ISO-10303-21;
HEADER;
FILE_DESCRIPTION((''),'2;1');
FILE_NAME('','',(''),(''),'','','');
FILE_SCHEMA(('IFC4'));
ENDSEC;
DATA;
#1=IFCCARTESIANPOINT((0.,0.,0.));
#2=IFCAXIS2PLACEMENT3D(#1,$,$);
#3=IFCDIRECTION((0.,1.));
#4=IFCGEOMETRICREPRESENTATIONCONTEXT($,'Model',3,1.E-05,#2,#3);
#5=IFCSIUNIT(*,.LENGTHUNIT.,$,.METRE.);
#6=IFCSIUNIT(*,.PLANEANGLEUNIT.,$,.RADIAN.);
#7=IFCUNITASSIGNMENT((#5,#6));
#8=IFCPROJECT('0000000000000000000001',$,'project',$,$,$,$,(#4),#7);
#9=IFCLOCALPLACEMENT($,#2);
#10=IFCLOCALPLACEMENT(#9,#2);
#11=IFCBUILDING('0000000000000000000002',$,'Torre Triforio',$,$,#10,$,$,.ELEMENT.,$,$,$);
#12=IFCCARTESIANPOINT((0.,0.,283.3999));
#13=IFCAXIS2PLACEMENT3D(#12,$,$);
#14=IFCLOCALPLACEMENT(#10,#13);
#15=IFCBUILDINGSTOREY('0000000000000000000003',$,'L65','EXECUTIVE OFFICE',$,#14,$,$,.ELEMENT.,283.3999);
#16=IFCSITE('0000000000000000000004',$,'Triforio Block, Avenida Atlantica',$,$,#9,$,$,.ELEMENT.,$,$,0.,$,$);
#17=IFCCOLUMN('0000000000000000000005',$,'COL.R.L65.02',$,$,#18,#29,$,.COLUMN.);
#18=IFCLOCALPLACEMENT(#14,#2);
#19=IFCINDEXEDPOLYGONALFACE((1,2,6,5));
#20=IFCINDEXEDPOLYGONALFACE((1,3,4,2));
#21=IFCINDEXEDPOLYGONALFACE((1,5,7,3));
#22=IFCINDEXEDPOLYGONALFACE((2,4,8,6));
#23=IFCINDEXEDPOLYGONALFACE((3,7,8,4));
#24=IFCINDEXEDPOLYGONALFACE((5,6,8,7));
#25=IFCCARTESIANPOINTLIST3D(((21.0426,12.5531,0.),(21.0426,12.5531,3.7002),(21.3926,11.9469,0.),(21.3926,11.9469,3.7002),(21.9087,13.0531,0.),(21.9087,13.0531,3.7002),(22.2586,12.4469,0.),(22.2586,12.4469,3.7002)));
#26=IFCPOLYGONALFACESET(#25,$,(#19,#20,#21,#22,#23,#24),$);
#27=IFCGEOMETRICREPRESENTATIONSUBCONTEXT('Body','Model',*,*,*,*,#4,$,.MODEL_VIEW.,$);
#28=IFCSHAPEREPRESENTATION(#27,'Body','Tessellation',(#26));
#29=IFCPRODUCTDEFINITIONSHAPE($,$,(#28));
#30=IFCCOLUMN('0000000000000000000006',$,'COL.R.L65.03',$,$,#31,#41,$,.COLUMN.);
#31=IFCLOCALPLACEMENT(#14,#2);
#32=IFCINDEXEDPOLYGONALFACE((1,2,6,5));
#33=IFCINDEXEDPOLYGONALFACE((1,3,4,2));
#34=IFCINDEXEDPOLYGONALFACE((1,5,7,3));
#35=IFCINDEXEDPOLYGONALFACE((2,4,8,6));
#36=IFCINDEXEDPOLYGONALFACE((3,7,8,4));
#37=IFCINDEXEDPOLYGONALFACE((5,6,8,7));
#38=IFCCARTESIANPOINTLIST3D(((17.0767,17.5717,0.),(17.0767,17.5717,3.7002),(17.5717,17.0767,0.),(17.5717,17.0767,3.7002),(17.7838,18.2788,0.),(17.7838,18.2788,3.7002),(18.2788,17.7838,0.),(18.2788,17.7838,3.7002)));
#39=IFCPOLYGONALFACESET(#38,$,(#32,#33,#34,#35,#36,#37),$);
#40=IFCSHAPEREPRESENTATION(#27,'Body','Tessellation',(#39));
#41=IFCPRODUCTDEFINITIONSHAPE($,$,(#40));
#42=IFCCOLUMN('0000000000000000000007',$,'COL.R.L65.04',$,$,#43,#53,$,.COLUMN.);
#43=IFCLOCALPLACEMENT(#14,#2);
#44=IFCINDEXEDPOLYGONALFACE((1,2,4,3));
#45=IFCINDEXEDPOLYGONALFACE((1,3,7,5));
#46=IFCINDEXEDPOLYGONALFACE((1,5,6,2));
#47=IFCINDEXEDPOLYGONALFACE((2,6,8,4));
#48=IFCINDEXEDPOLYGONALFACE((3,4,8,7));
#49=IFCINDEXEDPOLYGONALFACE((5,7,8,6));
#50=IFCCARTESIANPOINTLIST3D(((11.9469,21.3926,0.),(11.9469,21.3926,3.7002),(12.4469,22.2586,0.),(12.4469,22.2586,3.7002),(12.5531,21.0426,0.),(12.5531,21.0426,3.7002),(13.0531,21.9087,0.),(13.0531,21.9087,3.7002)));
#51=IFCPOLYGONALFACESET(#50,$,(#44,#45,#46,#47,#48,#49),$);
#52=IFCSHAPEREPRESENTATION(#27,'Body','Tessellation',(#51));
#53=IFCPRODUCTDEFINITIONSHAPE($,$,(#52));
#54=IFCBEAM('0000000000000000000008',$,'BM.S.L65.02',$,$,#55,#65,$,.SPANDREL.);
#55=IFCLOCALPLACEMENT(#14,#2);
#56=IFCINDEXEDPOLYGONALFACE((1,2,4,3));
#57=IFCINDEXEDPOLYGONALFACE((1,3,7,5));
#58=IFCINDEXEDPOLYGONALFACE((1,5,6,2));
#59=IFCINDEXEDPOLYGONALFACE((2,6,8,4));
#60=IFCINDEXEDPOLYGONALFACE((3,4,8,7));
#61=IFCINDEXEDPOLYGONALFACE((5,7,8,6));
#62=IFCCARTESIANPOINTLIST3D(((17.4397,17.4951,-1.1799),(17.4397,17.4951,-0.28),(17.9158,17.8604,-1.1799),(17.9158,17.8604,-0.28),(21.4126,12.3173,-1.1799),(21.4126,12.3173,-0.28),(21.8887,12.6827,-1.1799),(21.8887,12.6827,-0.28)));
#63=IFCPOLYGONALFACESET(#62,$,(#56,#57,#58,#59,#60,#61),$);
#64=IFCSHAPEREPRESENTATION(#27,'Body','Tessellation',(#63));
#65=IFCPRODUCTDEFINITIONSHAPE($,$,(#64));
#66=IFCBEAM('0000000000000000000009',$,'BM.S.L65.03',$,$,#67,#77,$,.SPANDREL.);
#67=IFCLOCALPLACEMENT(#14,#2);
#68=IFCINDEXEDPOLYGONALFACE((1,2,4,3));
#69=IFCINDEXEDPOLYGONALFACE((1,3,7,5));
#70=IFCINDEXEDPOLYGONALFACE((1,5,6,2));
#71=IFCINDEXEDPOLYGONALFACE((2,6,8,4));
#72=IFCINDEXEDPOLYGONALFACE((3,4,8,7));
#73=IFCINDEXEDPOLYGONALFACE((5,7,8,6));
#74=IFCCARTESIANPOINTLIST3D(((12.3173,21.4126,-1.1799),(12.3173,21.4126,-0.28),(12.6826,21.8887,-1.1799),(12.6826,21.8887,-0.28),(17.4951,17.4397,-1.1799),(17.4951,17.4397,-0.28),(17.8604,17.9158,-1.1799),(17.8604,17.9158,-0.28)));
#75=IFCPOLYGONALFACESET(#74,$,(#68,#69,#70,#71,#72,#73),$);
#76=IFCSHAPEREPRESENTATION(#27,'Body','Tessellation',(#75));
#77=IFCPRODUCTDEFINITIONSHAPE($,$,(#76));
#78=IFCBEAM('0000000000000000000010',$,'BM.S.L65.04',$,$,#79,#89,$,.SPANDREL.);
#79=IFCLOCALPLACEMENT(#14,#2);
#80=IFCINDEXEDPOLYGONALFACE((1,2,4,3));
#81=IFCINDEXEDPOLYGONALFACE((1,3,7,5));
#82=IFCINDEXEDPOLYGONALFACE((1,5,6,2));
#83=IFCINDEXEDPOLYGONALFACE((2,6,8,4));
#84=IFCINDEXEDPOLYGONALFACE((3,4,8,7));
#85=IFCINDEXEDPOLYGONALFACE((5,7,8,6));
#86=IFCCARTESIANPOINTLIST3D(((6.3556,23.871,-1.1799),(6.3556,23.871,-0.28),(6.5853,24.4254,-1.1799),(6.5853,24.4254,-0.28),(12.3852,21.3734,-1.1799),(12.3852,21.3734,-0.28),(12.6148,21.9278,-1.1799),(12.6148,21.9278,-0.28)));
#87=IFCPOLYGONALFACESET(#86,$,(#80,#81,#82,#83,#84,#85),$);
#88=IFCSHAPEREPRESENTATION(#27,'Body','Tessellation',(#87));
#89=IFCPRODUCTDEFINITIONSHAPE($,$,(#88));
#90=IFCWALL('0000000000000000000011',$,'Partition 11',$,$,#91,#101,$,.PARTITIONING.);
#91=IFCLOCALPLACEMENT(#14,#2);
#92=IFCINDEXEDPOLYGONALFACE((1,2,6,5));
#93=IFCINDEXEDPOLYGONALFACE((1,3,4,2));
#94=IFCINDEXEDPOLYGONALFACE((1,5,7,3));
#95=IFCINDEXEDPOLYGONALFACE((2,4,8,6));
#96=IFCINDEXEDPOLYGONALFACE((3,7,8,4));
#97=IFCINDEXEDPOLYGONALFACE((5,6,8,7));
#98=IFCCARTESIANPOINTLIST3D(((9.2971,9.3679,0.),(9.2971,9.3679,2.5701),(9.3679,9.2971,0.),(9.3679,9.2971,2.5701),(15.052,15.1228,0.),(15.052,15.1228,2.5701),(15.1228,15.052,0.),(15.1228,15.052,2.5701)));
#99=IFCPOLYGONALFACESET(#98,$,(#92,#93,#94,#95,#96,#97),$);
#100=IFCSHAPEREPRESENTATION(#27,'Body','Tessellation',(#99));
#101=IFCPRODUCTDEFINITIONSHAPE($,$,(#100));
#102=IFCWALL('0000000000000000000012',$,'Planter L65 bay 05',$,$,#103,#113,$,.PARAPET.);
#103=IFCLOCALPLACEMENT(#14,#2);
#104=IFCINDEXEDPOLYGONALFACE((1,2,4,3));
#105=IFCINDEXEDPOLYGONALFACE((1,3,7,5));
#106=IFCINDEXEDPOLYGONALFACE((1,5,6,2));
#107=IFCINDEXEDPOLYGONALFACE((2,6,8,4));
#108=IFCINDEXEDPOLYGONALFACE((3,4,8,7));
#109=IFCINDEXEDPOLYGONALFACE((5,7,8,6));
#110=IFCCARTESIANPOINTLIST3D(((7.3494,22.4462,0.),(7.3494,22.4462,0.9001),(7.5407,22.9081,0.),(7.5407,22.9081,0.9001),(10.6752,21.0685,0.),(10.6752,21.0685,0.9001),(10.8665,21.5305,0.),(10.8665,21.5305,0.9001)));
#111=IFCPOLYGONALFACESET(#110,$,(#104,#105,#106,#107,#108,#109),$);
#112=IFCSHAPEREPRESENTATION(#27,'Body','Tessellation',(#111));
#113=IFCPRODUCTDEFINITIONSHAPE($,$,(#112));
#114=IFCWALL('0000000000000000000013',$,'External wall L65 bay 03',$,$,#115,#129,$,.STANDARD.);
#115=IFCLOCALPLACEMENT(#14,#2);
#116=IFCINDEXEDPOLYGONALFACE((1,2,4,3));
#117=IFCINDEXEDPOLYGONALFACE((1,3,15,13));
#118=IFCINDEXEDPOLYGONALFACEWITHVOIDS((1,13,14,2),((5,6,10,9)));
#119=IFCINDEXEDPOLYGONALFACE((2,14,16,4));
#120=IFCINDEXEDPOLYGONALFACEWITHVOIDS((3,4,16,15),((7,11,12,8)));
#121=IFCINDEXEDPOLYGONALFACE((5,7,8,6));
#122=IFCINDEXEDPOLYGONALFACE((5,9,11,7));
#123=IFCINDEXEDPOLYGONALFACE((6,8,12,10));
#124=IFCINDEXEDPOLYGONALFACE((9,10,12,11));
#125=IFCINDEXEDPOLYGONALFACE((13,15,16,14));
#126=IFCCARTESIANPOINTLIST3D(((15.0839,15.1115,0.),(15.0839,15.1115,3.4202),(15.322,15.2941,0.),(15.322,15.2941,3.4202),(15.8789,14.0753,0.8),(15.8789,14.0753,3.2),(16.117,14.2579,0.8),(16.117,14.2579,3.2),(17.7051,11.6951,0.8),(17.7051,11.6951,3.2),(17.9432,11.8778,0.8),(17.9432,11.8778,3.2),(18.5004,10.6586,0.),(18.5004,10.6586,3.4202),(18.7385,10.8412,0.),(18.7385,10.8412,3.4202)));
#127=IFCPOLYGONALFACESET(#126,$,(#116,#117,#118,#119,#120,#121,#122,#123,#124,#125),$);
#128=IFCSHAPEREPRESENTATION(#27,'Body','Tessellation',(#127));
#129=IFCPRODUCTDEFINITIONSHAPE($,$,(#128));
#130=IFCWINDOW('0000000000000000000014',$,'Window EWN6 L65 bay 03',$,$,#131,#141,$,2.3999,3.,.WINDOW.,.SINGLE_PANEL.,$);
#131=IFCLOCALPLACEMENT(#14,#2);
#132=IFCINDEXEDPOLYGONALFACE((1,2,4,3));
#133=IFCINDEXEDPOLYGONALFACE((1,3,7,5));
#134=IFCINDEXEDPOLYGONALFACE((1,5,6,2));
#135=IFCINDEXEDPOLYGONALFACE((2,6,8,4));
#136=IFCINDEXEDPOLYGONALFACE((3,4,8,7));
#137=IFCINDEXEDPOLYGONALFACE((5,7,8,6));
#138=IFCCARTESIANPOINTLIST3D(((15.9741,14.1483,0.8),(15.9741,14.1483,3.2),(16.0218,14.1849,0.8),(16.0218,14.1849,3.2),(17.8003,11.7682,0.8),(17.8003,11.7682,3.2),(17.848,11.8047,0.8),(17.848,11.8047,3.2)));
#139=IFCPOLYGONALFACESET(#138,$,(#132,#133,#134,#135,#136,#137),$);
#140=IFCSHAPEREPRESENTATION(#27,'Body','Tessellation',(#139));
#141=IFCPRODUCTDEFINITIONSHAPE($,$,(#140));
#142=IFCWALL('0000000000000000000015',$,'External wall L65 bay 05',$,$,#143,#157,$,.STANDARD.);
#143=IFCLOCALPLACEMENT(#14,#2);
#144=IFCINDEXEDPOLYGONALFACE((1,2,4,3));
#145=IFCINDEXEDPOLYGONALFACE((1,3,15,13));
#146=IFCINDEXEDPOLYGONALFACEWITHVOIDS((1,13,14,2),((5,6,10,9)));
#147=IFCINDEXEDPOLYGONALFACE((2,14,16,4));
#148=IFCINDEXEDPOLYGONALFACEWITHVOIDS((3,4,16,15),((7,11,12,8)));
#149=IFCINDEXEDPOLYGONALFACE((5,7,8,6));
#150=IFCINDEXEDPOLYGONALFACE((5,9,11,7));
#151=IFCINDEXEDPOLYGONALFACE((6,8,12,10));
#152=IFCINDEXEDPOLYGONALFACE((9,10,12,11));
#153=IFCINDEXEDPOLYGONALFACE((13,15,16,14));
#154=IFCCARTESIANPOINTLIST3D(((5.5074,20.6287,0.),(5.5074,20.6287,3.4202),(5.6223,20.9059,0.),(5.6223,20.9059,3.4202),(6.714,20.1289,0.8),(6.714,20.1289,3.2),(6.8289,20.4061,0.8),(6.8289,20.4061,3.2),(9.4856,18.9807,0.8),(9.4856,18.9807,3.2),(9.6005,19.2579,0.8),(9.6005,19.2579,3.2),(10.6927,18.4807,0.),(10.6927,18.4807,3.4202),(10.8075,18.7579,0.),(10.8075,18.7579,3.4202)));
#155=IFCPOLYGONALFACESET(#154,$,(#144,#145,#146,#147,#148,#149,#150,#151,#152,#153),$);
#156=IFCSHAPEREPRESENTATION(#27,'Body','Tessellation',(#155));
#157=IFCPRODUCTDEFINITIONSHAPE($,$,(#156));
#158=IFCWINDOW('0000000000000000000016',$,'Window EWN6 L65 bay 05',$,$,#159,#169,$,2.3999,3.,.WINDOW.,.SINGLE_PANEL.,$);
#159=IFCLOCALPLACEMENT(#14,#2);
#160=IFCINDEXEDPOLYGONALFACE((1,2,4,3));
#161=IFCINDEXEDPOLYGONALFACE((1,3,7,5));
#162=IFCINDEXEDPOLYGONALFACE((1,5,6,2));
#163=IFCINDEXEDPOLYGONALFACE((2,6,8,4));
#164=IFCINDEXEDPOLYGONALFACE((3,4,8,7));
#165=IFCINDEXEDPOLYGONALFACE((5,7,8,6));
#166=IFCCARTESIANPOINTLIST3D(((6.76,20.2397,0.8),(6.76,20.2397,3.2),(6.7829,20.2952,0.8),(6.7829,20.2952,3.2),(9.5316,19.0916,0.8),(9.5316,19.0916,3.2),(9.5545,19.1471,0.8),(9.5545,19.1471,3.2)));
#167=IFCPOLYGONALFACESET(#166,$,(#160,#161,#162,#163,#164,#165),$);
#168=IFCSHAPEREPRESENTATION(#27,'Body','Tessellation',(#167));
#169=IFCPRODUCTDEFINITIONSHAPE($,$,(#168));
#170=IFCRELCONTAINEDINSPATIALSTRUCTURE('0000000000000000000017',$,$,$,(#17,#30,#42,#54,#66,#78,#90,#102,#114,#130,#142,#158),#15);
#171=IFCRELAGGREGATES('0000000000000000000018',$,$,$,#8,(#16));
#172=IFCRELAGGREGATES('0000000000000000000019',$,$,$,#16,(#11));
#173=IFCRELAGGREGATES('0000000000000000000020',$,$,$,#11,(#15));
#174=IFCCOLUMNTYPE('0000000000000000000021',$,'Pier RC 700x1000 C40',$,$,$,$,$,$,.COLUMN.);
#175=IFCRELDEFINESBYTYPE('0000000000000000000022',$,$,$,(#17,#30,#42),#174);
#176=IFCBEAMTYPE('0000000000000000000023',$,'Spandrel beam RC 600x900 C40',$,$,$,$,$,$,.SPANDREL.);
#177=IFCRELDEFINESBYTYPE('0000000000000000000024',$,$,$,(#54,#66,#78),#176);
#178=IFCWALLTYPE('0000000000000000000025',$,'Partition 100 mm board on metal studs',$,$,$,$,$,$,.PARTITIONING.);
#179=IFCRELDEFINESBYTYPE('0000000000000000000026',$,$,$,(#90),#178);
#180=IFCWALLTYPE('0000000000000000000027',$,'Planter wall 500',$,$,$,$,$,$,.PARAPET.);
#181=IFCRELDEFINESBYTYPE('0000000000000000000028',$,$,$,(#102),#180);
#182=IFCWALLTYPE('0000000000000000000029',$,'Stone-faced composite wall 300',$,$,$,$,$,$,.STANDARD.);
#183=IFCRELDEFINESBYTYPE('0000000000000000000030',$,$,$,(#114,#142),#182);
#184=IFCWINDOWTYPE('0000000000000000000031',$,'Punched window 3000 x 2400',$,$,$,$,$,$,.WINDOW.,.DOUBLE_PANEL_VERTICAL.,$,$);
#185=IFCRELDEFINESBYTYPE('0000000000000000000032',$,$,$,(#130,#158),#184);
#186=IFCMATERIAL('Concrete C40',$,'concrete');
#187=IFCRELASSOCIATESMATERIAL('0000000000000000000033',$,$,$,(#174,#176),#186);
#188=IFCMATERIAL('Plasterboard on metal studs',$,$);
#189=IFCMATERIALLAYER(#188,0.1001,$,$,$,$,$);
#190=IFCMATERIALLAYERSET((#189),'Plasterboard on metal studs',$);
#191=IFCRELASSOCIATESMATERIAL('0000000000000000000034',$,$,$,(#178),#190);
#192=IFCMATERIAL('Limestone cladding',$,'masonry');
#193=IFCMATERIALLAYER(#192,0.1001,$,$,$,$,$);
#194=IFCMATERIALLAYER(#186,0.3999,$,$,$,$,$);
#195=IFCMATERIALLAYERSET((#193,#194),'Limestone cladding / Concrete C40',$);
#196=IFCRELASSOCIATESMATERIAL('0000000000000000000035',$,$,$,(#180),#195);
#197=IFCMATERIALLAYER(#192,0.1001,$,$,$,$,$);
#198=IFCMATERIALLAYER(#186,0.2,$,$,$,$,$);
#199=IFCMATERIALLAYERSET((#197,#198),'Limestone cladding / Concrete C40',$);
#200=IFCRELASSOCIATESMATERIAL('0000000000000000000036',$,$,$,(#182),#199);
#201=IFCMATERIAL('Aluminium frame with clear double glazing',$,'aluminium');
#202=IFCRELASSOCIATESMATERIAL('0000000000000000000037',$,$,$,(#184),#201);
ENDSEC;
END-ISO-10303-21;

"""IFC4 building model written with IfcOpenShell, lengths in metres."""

from ifc_helpers import new_model, si_unit, direction, frame, frame_2d, origin, origin_2d, place, context, subcontext, project, spatial, rectangle, extrude, material, layer, layer_set, material_profile, profile_set, type_object, element, fill, save


model = new_model("IFC4")

# Units and contexts
model_context = context("Model", 3, precision=1e-05, world=origin(), true_north=direction((0.0, 1.0)))
body_context = subcontext(model_context, "Body", "Model", "MODEL_VIEW")
ifc_project = project(units=[si_unit("LENGTHUNIT", "METRE"), si_unit("PLANEANGLEUNIT", "RADIAN")], contexts=[model_context])

# Site, building, storey
site_placement = place(None, origin())
site = spatial("IfcSite", under=ifc_project, at=site_placement, Name="Triforio Block, Avenida Atlantica", CompositionType="ELEMENT", RefElevation=0.0)
building_placement = place(site_placement, origin())
building = spatial("IfcBuilding", under=site, at=building_placement, Name="Torre Triforio", CompositionType="ELEMENT")
storey_placement = place(building_placement, frame((0.0, 0.0, 283.3999)))
storey = spatial("IfcBuildingStorey", under=building, at=storey_placement, Name="L65", Description="EXECUTIVE OFFICE", CompositionType="ELEMENT", Elevation=283.3999)

# Columns
ifc_material_1 = material(Name="Concrete C40", Category="concrete")
ifc_material_profile_1 = material_profile(ifc_material_1, rectangle(XDim=0.7, YDim=1.0, at=origin_2d()), Name="RC 700x1000")
ifc_profile_set_1 = profile_set([ifc_material_profile_1], Name="Concrete C40")
column_type = type_object("IfcColumnType", Name="Pier RC 700x1000 C40", PredefinedType="COLUMN", material=ifc_profile_set_1)
for number, where, z_axis, x_axis, name in (
    (1, (21.6506, 12.5, 0.0), (0.0, 0.0, 1.0), (-0.5, 0.866025, 0.0), "COL.R.L65.02"),
    (2, (17.6777, 17.6777, 0.0), (0.0, 0.0, 1.0), (-0.707107, 0.707107, 0.0), "COL.R.L65.03"),
    (3, (12.5, 21.6506, 0.0), (0.0, 0.0, 1.0), (-0.866025, 0.5, 0.0), "COL.R.L65.04"),
):
    element("IfcColumn", number, at=place(storey_placement, frame(where, z_axis=z_axis, x_axis=x_axis)), inside=storey, type_object=column_type, Name=name, PredefinedType="COLUMN", context=body_context, shape_type="SweptSolid", body=[
        extrude(rectangle(XDim=0.7, YDim=1.0, at=origin_2d()), origin(), (0.0, 0.0, 1.0), 3.7002),
    ])

# Beams
ifc_material_profile_2 = material_profile(ifc_material_1, rectangle(XDim=0.6001, YDim=0.8999, at=origin_2d()), Name="RC 600x900")
ifc_profile_set_2 = profile_set([ifc_material_profile_2], Name="Concrete C40")
beam_type = type_object("IfcBeamType", Name="Spandrel beam RC 600x900 C40", PredefinedType="SPANDREL", material=ifc_profile_set_2)
for number, where, z_axis, x_axis, name in (
    (4, (21.6506, 12.5, -0.73), (-0.60875, 0.793362, 0.0), (-0.793362, -0.60875, 0.0), "BM.S.L65.02"),
    (5, (17.6777, 17.6777, -0.73), (-0.793362, 0.60875, 0.0), (-0.60875, -0.793362, 0.0), "BM.S.L65.03"),
    (6, (12.5, 21.6506, -0.73), (-0.923877, 0.382689, 0.0), (-0.382689, -0.923877, 0.0), "BM.S.L65.04"),
):
    element("IfcBeam", number, at=place(storey_placement, frame(where, z_axis=z_axis, x_axis=x_axis)), inside=storey, type_object=beam_type, Name=name, PredefinedType="SPANDREL", context=body_context, shape_type="SweptSolid", body=[
        extrude(rectangle(XDim=0.6001, YDim=0.8999, at=origin_2d()), origin(), (0.0, 0.0, 1.0), 6.5264),
    ])

# Walls
ifc_material_2 = material(Name="Plasterboard on metal studs")
ifc_layer_1 = layer(ifc_material_2, 0.1001)
ifc_layer_set_1 = layer_set([ifc_layer_1], Name="Plasterboard on metal studs")
wall_type_1 = type_object("IfcWallType", Name="Partition 100 mm board on metal studs", PredefinedType="PARTITIONING", material=ifc_layer_set_1)
wall_1_placement = place(storey_placement, frame((9.3325, 9.3325, 0.0), z_axis=(0.0, 0.0, 1.0), x_axis=(0.707107, 0.707107, 0.0)))
element("IfcWall", 7, at=wall_1_placement, inside=storey, type_object=wall_type_1, Name="Partition 11", PredefinedType="PARTITIONING", context=body_context, shape_type="SweptSolid", body=[
    extrude(rectangle(XDim=8.1387, YDim=0.1001, at=frame_2d((4.0693, 0.0))), origin(), (0.0, 0.0, 1.0), 2.5701),
])
ifc_material_3 = material(Name="Limestone cladding", Category="masonry")
ifc_layer_2 = layer(ifc_material_3, 0.1001)
ifc_layer_3 = layer(ifc_material_1, 0.3999)
ifc_layer_set_2 = layer_set([ifc_layer_2, ifc_layer_3], Name="Limestone cladding / Concrete C40")
wall_type_2 = type_object("IfcWallType", Name="Planter wall 500", PredefinedType="PARAPET", material=ifc_layer_set_2)
wall_2_placement = place(storey_placement, frame((10.7708, 21.2996, 0.0), z_axis=(0.0, 0.0, 1.0), x_axis=(-0.923875, 0.382693, 0.0)))
element("IfcWall", 8, at=wall_2_placement, inside=storey, type_object=wall_type_2, Name="Planter L65 bay 05", PredefinedType="PARAPET", context=body_context, shape_type="SweptSolid", body=[
    extrude(rectangle(XDim=3.5999, YDim=0.5, at=frame_2d((1.7998, 0.0))), origin(), (0.0, 0.0, 1.0), 0.9001),
])

# Wall, opening, window
ifc_layer_4 = layer(ifc_material_3, 0.1001)
ifc_layer_5 = layer(ifc_material_1, 0.2)
ifc_layer_set_3 = layer_set([ifc_layer_4, ifc_layer_5], Name="Limestone cladding / Concrete C40")
wall_type_3 = type_object("IfcWallType", Name="Stone-faced composite wall 300", PredefinedType="STANDARD", material=ifc_layer_set_3)
wall_3_placement = place(storey_placement, frame((18.6194, 10.75, 0.0), z_axis=(0.0, 0.0, 1.0), x_axis=(-0.608726, 0.79338, 0.0)))
wall_3 = element("IfcWall", 9, at=wall_3_placement, inside=storey, type_object=wall_type_3, Name="External wall L65 bay 03", PredefinedType="STANDARD", context=body_context, shape_type="SweptSolid", body=[
    extrude(rectangle(XDim=5.6125, YDim=0.3, at=frame_2d((2.8062, 0.0))), origin(), (0.0, 0.0, 1.0), 3.4202),
])
opening_1_placement = place(wall_3_placement, frame((1.3064, 0.0, 0.8)))
opening_1 = element("IfcOpeningElement", 10, at=opening_1_placement, cuts=wall_3, PredefinedType="OPENING", context=body_context, shape_type="SweptSolid", body=[
    extrude(rectangle(XDim=3.0, YDim=2.3999, at=frame_2d((1.5, 1.2))), frame((0.0, 0.1599, 0.0), z_axis=(0.0, -1.0, 0.0), x_axis=(1.0, 0.0, 0.0)), (0.0, 0.0, 1.0), 0.3201),
])
ifc_material_4 = material(Name="Aluminium frame with clear double glazing", Category="aluminium")
window_type_1 = type_object("IfcWindowType", Name="Punched window 3000 x 2400", PartitioningType="DOUBLE_PANEL_VERTICAL", PredefinedType="WINDOW", material=ifc_material_4)
window_1_placement = place(opening_1_placement, origin())
window_1 = element("IfcWindow", 11, at=window_1_placement, inside=storey, type_object=window_type_1, Name="Window EWN6 L65 bay 03", OverallHeight=2.3999, OverallWidth=3.0, PartitioningType="SINGLE_PANEL", PredefinedType="WINDOW", context=body_context, shape_type="SweptSolid", body=[
    extrude(rectangle(XDim=3.0, YDim=2.3999, at=frame_2d((1.5, 1.2))), frame((0.0, 0.03, 0.0), z_axis=(0.0, -1.0, 0.0), x_axis=(1.0, 0.0, 0.0)), (0.0, 0.0, 1.0), 0.0601),
])
fill(opening_1, window_1)

# Wall, opening, window
wall_4_placement = place(storey_placement, frame((10.75, 18.6194, 0.0), z_axis=(0.0, 0.0, 1.0), x_axis=(-0.923872, 0.382703, 0.0)))
wall_4 = element("IfcWall", 12, at=wall_4_placement, inside=storey, type_object=wall_type_3, Name="External wall L65 bay 05", PredefinedType="STANDARD", context=body_context, shape_type="SweptSolid", body=[
    extrude(rectangle(XDim=5.6125, YDim=0.3, at=frame_2d((2.8062, 0.0))), origin(), (0.0, 0.0, 1.0), 3.4202),
])
opening_2_placement = place(wall_4_placement, frame((1.3064, 0.0, 0.8)))
opening_2 = element("IfcOpeningElement", 13, at=opening_2_placement, cuts=wall_4, PredefinedType="OPENING", context=body_context, shape_type="SweptSolid", body=[
    extrude(rectangle(XDim=3.0, YDim=2.3999, at=frame_2d((1.5, 1.2))), frame((0.0, 0.1599, 0.0), z_axis=(0.0, -1.0, 0.0), x_axis=(1.0, 0.0, 0.0)), (0.0, 0.0, 1.0), 0.3201),
])
window_2_placement = place(opening_2_placement, origin())
window_2 = element("IfcWindow", 14, at=window_2_placement, inside=storey, type_object=window_type_1, Name="Window EWN6 L65 bay 05", OverallHeight=2.3999, OverallWidth=3.0, PartitioningType="SINGLE_PANEL", PredefinedType="WINDOW", context=body_context, shape_type="SweptSolid", body=[
    extrude(rectangle(XDim=3.0, YDim=2.3999, at=frame_2d((1.5, 1.2))), frame((0.0, 0.03, 0.0), z_axis=(0.0, -1.0, 0.0), x_axis=(1.0, 0.0, 0.0)), (0.0, 0.0, 1.0), 0.0601),
])
fill(opening_2, window_2)

save(model, "model.ifc")
